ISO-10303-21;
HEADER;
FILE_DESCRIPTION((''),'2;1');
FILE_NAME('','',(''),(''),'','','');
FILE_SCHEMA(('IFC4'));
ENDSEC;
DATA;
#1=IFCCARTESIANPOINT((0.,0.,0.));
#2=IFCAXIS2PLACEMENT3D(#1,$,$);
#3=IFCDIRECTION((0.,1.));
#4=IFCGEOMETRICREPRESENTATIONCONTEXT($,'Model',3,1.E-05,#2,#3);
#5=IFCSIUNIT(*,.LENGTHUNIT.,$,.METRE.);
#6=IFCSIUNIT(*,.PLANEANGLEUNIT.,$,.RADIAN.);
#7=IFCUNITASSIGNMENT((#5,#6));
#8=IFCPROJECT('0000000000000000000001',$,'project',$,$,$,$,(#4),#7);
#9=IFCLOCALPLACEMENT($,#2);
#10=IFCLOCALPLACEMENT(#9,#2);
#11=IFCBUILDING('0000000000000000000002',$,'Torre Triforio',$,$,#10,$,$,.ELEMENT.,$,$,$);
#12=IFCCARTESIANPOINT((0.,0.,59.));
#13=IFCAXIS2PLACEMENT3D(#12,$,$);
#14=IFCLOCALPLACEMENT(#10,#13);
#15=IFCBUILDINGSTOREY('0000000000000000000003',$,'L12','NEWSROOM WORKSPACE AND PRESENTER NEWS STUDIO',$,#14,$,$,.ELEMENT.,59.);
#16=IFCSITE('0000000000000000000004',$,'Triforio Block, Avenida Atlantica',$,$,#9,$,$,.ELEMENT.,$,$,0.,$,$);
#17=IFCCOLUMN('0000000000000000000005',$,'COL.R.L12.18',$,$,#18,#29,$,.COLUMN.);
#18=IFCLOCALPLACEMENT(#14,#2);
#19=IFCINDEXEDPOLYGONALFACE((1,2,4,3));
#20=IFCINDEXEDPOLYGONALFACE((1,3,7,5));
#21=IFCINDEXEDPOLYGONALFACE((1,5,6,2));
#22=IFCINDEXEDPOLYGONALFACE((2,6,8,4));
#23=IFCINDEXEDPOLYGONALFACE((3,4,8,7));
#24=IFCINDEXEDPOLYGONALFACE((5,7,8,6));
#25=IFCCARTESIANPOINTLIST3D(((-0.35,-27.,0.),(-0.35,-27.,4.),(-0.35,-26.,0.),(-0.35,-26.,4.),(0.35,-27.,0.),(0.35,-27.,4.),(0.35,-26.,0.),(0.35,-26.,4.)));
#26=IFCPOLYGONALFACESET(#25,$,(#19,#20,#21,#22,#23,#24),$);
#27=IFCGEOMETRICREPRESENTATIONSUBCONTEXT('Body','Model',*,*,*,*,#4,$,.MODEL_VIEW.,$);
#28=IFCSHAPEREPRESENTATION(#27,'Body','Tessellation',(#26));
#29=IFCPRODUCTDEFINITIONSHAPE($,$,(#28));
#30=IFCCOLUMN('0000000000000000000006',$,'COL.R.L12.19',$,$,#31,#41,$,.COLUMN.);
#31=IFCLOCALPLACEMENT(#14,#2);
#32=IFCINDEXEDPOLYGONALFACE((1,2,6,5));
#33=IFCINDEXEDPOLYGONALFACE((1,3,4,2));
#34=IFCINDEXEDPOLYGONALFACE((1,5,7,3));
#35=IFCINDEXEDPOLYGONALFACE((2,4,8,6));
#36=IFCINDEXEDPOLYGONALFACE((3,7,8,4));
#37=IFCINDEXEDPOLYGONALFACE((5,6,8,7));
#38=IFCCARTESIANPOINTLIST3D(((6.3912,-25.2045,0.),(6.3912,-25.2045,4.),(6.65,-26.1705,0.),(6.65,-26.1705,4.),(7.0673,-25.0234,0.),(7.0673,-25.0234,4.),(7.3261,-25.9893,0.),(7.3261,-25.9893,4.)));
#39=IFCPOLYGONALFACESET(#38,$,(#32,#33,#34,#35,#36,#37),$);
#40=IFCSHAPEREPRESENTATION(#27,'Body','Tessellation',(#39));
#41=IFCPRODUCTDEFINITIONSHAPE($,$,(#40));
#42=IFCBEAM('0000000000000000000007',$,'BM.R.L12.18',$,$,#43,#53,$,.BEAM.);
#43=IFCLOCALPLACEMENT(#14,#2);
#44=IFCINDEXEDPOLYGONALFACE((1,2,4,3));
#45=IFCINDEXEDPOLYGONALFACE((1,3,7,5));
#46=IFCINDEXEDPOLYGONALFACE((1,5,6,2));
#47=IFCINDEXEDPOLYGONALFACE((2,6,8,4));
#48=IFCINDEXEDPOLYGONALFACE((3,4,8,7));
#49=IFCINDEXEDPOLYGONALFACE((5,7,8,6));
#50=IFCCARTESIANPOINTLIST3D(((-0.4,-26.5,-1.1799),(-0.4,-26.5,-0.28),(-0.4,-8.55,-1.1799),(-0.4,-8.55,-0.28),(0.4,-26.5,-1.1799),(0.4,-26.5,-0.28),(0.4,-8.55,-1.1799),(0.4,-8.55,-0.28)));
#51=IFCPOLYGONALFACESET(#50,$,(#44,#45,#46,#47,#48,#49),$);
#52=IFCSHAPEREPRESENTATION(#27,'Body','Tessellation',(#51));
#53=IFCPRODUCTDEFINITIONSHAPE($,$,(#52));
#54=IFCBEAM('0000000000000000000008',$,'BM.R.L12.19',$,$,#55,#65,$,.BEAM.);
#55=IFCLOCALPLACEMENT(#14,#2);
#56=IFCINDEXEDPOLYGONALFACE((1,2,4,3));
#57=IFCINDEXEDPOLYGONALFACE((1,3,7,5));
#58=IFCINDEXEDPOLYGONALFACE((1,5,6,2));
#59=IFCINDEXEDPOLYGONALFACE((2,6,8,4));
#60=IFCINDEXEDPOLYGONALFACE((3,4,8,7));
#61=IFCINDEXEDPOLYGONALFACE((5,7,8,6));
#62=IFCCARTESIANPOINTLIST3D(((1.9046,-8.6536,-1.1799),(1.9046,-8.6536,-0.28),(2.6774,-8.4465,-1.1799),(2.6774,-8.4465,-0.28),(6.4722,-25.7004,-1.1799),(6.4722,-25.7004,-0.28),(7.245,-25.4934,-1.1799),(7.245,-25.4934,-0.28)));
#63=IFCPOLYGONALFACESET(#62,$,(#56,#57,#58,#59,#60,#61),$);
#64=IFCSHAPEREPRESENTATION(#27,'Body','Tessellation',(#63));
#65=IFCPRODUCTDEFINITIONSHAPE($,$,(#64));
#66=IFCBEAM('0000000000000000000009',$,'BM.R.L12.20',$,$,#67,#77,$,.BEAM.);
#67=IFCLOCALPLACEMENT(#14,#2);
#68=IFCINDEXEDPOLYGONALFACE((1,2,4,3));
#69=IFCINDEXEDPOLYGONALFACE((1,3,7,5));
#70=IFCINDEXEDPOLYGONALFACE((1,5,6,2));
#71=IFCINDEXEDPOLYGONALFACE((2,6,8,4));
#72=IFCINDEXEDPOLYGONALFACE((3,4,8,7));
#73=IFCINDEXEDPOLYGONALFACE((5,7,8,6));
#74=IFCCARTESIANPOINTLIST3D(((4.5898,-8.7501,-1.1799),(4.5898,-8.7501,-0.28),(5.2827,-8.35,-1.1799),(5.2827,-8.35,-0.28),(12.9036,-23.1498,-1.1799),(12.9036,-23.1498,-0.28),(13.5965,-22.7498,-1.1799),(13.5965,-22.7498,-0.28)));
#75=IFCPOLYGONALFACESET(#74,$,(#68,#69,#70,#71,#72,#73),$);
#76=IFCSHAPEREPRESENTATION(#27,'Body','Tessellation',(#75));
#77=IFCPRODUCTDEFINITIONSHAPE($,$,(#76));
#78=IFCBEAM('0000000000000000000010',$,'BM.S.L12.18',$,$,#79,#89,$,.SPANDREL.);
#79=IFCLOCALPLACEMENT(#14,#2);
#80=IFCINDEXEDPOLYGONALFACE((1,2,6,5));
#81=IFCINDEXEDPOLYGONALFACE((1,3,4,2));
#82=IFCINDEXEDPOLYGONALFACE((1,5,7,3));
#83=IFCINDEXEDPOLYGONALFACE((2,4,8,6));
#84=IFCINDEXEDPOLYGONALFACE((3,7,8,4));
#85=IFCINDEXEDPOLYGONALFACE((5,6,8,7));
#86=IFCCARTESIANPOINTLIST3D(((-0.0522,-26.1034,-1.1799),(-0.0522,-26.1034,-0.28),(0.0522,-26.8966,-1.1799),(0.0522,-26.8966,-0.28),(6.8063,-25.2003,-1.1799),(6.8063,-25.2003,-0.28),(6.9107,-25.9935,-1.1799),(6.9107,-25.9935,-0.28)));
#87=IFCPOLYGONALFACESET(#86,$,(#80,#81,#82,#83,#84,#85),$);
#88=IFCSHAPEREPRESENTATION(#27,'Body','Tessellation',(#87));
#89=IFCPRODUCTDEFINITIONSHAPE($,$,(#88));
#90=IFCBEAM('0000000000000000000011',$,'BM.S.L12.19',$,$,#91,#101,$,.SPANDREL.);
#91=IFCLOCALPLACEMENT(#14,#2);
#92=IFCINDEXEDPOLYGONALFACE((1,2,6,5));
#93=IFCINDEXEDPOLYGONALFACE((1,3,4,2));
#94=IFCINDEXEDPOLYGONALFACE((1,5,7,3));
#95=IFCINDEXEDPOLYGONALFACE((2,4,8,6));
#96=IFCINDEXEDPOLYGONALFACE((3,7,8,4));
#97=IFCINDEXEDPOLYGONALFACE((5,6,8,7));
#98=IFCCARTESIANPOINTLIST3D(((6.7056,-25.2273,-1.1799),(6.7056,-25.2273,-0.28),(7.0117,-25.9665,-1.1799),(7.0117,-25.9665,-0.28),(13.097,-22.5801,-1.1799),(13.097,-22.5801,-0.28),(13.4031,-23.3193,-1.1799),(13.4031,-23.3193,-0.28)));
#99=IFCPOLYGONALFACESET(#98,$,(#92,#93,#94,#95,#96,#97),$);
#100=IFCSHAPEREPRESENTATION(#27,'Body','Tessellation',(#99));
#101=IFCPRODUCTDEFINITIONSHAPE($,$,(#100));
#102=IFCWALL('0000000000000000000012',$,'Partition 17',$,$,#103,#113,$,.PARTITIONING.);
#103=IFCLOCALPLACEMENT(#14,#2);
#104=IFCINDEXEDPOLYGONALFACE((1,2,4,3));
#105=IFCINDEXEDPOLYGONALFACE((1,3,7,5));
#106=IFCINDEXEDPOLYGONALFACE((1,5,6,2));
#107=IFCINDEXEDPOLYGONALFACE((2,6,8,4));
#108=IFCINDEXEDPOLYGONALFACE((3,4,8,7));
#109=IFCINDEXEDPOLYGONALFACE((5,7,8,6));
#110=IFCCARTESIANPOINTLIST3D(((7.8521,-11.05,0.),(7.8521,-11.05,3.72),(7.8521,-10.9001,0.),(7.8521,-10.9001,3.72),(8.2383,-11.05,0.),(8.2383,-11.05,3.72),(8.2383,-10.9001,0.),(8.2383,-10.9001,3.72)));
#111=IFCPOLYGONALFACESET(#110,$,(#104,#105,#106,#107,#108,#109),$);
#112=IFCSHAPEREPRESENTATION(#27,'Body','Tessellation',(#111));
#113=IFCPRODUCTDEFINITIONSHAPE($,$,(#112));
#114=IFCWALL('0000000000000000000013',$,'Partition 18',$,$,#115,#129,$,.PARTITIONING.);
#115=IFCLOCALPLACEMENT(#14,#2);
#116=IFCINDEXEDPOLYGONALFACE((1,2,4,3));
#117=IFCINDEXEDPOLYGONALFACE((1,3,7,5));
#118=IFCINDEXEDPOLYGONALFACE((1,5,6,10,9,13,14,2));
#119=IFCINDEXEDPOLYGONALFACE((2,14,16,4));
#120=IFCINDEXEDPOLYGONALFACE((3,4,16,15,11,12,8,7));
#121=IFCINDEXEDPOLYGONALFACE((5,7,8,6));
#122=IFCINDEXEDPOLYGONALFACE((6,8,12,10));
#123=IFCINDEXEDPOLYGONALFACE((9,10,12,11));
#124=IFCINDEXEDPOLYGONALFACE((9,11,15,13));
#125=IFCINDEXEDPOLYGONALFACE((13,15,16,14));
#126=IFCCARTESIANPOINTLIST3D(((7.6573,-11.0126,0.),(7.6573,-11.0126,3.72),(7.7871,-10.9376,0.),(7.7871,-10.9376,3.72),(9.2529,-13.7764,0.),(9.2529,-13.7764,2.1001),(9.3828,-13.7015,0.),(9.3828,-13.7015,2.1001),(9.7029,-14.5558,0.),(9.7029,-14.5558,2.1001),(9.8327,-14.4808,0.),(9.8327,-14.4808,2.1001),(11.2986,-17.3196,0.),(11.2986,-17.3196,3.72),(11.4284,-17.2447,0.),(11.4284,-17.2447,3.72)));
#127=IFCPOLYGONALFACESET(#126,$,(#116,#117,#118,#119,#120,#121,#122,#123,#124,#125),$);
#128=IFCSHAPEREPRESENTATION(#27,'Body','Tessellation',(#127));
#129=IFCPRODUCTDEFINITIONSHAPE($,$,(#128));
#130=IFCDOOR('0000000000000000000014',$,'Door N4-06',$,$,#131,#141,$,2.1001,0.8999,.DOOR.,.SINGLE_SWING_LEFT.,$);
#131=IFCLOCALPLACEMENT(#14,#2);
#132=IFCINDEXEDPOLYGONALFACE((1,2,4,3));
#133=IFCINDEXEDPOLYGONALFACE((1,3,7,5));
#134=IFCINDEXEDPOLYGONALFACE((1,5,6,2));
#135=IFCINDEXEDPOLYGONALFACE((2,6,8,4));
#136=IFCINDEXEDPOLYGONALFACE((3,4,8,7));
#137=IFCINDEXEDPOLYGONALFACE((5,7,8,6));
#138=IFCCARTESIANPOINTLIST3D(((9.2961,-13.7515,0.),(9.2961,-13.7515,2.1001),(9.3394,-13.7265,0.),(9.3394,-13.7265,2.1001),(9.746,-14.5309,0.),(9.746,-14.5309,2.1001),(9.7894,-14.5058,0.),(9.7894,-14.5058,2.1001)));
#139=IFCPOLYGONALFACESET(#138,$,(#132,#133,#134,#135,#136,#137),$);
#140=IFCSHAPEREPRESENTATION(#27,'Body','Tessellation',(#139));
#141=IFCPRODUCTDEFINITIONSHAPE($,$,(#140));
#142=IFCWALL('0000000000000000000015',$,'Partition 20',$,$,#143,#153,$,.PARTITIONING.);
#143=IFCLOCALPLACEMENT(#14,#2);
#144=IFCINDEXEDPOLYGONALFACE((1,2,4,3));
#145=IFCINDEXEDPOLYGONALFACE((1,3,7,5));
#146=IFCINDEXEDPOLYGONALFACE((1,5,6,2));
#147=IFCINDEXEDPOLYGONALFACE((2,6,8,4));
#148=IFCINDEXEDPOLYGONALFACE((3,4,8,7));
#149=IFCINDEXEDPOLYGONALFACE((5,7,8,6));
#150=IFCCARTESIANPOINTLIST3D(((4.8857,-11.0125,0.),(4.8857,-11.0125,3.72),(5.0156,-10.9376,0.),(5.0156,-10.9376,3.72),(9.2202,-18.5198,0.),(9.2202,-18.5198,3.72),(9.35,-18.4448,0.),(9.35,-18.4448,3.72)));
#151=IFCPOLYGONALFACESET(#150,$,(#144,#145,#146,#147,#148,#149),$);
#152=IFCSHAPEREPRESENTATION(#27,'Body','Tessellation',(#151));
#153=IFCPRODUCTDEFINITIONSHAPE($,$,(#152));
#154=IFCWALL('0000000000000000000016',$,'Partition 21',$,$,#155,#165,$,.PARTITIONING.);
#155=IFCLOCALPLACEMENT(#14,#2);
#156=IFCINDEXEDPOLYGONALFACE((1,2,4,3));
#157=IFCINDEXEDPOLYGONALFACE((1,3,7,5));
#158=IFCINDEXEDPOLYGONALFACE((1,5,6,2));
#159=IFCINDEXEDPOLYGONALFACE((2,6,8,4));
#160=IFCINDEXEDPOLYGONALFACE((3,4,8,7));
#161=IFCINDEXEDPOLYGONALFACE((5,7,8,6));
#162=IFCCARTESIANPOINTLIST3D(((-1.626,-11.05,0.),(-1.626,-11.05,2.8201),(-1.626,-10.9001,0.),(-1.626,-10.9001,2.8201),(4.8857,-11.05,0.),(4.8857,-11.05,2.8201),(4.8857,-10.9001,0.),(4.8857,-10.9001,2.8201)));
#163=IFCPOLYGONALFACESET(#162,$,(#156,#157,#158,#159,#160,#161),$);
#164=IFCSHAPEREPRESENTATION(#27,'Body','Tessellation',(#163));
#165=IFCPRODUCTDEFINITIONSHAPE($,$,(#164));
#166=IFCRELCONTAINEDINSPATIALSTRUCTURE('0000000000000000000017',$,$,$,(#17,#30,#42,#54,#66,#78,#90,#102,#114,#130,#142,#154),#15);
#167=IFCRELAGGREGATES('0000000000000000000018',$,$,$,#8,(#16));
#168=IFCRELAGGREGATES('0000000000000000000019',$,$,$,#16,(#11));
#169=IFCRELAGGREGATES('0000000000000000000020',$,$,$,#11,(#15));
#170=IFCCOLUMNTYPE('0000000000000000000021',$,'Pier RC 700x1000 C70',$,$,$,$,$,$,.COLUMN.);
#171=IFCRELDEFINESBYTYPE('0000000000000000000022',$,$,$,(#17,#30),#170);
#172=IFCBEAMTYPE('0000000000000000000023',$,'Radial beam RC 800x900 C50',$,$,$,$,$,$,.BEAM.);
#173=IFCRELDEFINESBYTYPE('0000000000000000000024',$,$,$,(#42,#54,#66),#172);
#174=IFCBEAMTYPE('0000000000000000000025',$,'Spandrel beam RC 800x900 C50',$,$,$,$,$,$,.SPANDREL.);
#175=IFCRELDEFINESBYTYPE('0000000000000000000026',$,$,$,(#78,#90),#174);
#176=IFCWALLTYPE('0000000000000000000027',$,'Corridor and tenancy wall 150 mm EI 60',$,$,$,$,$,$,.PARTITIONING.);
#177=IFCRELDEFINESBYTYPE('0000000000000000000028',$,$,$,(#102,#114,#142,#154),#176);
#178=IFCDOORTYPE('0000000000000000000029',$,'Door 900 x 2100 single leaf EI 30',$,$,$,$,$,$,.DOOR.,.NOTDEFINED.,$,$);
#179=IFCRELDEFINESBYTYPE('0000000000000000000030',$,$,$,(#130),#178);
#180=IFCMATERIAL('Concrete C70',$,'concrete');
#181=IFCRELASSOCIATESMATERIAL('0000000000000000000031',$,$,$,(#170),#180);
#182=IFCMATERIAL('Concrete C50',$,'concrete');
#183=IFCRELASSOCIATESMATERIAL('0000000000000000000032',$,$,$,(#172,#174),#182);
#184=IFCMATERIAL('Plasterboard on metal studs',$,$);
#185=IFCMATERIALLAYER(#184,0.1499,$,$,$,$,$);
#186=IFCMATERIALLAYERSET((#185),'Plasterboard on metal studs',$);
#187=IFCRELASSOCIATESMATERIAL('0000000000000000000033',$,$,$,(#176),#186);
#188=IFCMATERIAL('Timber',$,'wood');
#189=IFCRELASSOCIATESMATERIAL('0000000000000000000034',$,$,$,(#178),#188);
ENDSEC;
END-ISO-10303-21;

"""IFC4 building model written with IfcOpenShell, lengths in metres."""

from ifc_helpers import new_model, si_unit, direction, frame, frame_2d, origin, origin_2d, place, context, subcontext, project, spatial, rectangle, extrude, material, layer, layer_set, material_profile, profile_set, type_object, element, fill, save


model = new_model("IFC4")

# Units and contexts
model_context = context("Model", 3, precision=1e-05, world=origin(), true_north=direction((0.0, 1.0)))
body_context = subcontext(model_context, "Body", "Model", "MODEL_VIEW")
ifc_project = project(units=[si_unit("LENGTHUNIT", "METRE"), si_unit("PLANEANGLEUNIT", "RADIAN")], contexts=[model_context])

# Site, building, storey
site_placement = place(None, origin())
site = spatial("IfcSite", under=ifc_project, at=site_placement, Name="Triforio Block, Avenida Atlantica", CompositionType="ELEMENT", RefElevation=0.0)
building_placement = place(site_placement, origin())
building = spatial("IfcBuilding", under=site, at=building_placement, Name="Torre Triforio", CompositionType="ELEMENT")
storey_placement = place(building_placement, frame((0.0, 0.0, 59.0)))
storey = spatial("IfcBuildingStorey", under=building, at=storey_placement, Name="L12", Description="NEWSROOM WORKSPACE AND PRESENTER NEWS STUDIO", CompositionType="ELEMENT", Elevation=59.0)

# Columns
ifc_material_1 = material(Name="Concrete C70", Category="concrete")
ifc_material_profile_1 = material_profile(ifc_material_1, rectangle(XDim=0.7, YDim=1.0, at=origin_2d()), Name="RC 700x1000")
ifc_profile_set_1 = profile_set([ifc_material_profile_1], Name="Concrete C70")
column_type = type_object("IfcColumnType", Name="Pier RC 700x1000 C70", PredefinedType="COLUMN", material=ifc_profile_set_1)
for number, where, z_axis, x_axis, name in (
    (1, (0.0, -26.5, 0.0), (0.0, 0.0, 1.0), (1.0, 0.0, 0.0), "COL.R.L12.18"),
    (2, (6.8586, -25.5969, 0.0), (0.0, 0.0, 1.0), (0.965926, 0.258819, 0.0), "COL.R.L12.19"),
):
    element("IfcColumn", number, at=place(storey_placement, frame(where, z_axis=z_axis, x_axis=x_axis)), inside=storey, type_object=column_type, Name=name, PredefinedType="COLUMN", context=body_context, shape_type="SweptSolid", body=[
        extrude(rectangle(XDim=0.7, YDim=1.0, at=origin_2d()), origin(), (0.0, 0.0, 1.0), 4.0),
    ])

# Beams
ifc_material_2 = material(Name="Concrete C50", Category="concrete")
ifc_material_profile_2 = material_profile(ifc_material_2, rectangle(XDim=0.8, YDim=0.8999, at=origin_2d()), Name="RC 800x900")
ifc_profile_set_2 = profile_set([ifc_material_profile_2], Name="Concrete C50")
beam_type_1 = type_object("IfcBeamType", Name="Radial beam RC 800x900 C50", PredefinedType="BEAM", material=ifc_profile_set_2)
beam_1_placement = place(storey_placement, frame((0.0, -8.55, -0.73), z_axis=(0.0, -1.0, 0.0), x_axis=(1.0, 0.0, 0.0)))
element("IfcBeam", 3, at=beam_1_placement, inside=storey, type_object=beam_type_1, Name="BM.R.L12.18", PredefinedType="BEAM", context=body_context, shape_type="SweptSolid", body=[
    extrude(rectangle(XDim=0.8, YDim=0.8999, at=origin_2d()), origin(), (0.0, 0.0, 1.0), 17.95),
])
beam_2_placement = place(storey_placement, frame((2.291, -8.55, -0.73), z_axis=(0.258815, -0.965927, 0.0), x_axis=(0.965927, 0.258815, 0.0)))
element("IfcBeam", 4, at=beam_2_placement, inside=storey, type_object=beam_type_1, Name="BM.R.L12.19", PredefinedType="BEAM", context=body_context, shape_type="SweptSolid", body=[
    extrude(rectangle(XDim=0.8, YDim=0.8999, at=origin_2d()), origin(), (0.0, 0.0, 1.0), 17.6482),
])
beam_3_placement = place(storey_placement, frame((4.9363, -8.55, -0.73), z_axis=(0.500003, -0.866023, 0.0), x_axis=(0.866023, 0.500003, 0.0)))
element("IfcBeam", 5, at=beam_3_placement, inside=storey, type_object=beam_type_1, Name="BM.R.L12.20", PredefinedType="BEAM", context=body_context, shape_type="SweptSolid", body=[
    extrude(rectangle(XDim=0.8, YDim=0.8999, at=origin_2d()), origin(), (0.0, 0.0, 1.0), 16.6274),
])
ifc_material_profile_3 = material_profile(ifc_material_2, rectangle(XDim=0.8, YDim=0.8999, at=origin_2d()), Name="RC 800x900")
ifc_profile_set_3 = profile_set([ifc_material_profile_3], Name="Concrete C50")
beam_type_2 = type_object("IfcBeamType", Name="Spandrel beam RC 800x900 C50", PredefinedType="SPANDREL", material=ifc_profile_set_3)
beam_4_placement = place(storey_placement, frame((0.0, -26.5, -0.73), z_axis=(0.991443, 0.130543, 0.0), x_axis=(-0.130543, 0.991443, 0.0)))
element("IfcBeam", 6, at=beam_4_placement, inside=storey, type_object=beam_type_2, Name="BM.S.L12.18", PredefinedType="SPANDREL", context=body_context, shape_type="SweptSolid", body=[
    extrude(rectangle(XDim=0.8, YDim=0.8999, at=origin_2d()), origin(), (0.0, 0.0, 1.0), 6.9177),
])
beam_5_placement = place(storey_placement, frame((6.8586, -25.5969, -0.73), z_axis=(0.923888, 0.382662, 0.0), x_axis=(-0.382662, 0.923888, 0.0)))
element("IfcBeam", 7, at=beam_5_placement, inside=storey, type_object=beam_type_2, Name="BM.S.L12.19", PredefinedType="SPANDREL", context=body_context, shape_type="SweptSolid", body=[
    extrude(rectangle(XDim=0.8, YDim=0.8999, at=origin_2d()), origin(), (0.0, 0.0, 1.0), 6.918),
])

# Wall
ifc_material_3 = material(Name="Plasterboard on metal studs")
ifc_layer_1 = layer(ifc_material_3, 0.1499)
ifc_layer_set_1 = layer_set([ifc_layer_1], Name="Plasterboard on metal studs")
wall_type_1 = type_object("IfcWallType", Name="Corridor and tenancy wall 150 mm EI 60", PredefinedType="PARTITIONING", material=ifc_layer_set_1)
wall_1_placement = place(storey_placement, frame((8.2383, -10.9751, 0.0), z_axis=(0.0, 0.0, 1.0), x_axis=(-1.0, 0.0, 0.0)))
element("IfcWall", 8, at=wall_1_placement, inside=storey, type_object=wall_type_1, Name="Partition 17", PredefinedType="PARTITIONING", context=body_context, shape_type="SweptSolid", body=[
    extrude(rectangle(XDim=0.3862, YDim=0.1499, at=frame_2d((0.1931, 0.0))), origin(), (0.0, 0.0, 1.0), 3.72),
])

# Wall, opening, door
wall_2_placement = place(storey_placement, frame((7.7222, -10.9751, 0.0), z_axis=(0.0, 0.0, 1.0), x_axis=(0.499993, -0.866029, 0.0)))
wall_2 = element("IfcWall", 9, at=wall_2_placement, inside=storey, type_object=wall_type_1, Name="Partition 18", PredefinedType="PARTITIONING", context=body_context, shape_type="SweptSolid", body=[
    extrude(rectangle(XDim=7.2827, YDim=0.1499, at=frame_2d((3.6414, 0.0))), origin(), (0.0, 0.0, 1.0), 3.72),
])
opening_1_placement = place(wall_2_placement, frame((3.1914, 0.0, 0.0)))
opening_1 = element("IfcOpeningElement", 10, at=opening_1_placement, cuts=wall_2, PredefinedType="OPENING", context=body_context, shape_type="SweptSolid", body=[
    extrude(rectangle(XDim=0.8999, YDim=2.1001, at=frame_2d((0.45, 1.05))), frame((0.0, 0.085, 0.0), z_axis=(0.0, -1.0, 0.0), x_axis=(1.0, 0.0, 0.0)), (0.0, 0.0, 1.0), 0.1699),
])
ifc_material_4 = material(Name="Timber", Category="wood")
door_type_1 = type_object("IfcDoorType", Name="Door 900 x 2100 single leaf EI 30", OperationType="NOTDEFINED", PredefinedType="DOOR", material=ifc_material_4)
door_1_placement = place(opening_1_placement, origin())
door_1 = element("IfcDoor", 11, at=door_1_placement, inside=storey, type_object=door_type_1, Name="Door N4-06", OperationType="SINGLE_SWING_LEFT", OverallHeight=2.1001, OverallWidth=0.8999, PredefinedType="DOOR", context=body_context, shape_type="SweptSolid", body=[
    extrude(rectangle(XDim=0.8999, YDim=2.1001, at=frame_2d((0.45, 1.05))), frame((0.0, 0.0249, 0.0), z_axis=(0.0, -1.0, 0.0), x_axis=(1.0, 0.0, 0.0)), (0.0, 0.0, 1.0), 0.05),
])
fill(opening_1, door_1)

# Walls
wall_3_placement = place(storey_placement, frame((9.2852, -18.4824, 0.0), z_axis=(0.0, 0.0, 1.0), x_axis=(-0.50001, 0.86602, 0.0)))
element("IfcWall", 12, at=wall_3_placement, inside=storey, type_object=wall_type_1, Name="Partition 20", PredefinedType="PARTITIONING", context=body_context, shape_type="SweptSolid", body=[
    extrude(rectangle(XDim=8.6687, YDim=0.1499, at=frame_2d((4.3345, 0.0))), origin(), (0.0, 0.0, 1.0), 3.72),
])
wall_4_placement = place(storey_placement, frame((4.8857, -10.9751, 0.0), z_axis=(0.0, 0.0, 1.0), x_axis=(-1.0, 0.0, 0.0)))
element("IfcWall", 13, at=wall_4_placement, inside=storey, type_object=wall_type_1, Name="Partition 21", PredefinedType="PARTITIONING", context=body_context, shape_type="SweptSolid", body=[
    extrude(rectangle(XDim=6.5117, YDim=0.1499, at=frame_2d((3.2559, 0.0))), origin(), (0.0, 0.0, 1.0), 2.8201),
])

save(model, "model.ifc")
